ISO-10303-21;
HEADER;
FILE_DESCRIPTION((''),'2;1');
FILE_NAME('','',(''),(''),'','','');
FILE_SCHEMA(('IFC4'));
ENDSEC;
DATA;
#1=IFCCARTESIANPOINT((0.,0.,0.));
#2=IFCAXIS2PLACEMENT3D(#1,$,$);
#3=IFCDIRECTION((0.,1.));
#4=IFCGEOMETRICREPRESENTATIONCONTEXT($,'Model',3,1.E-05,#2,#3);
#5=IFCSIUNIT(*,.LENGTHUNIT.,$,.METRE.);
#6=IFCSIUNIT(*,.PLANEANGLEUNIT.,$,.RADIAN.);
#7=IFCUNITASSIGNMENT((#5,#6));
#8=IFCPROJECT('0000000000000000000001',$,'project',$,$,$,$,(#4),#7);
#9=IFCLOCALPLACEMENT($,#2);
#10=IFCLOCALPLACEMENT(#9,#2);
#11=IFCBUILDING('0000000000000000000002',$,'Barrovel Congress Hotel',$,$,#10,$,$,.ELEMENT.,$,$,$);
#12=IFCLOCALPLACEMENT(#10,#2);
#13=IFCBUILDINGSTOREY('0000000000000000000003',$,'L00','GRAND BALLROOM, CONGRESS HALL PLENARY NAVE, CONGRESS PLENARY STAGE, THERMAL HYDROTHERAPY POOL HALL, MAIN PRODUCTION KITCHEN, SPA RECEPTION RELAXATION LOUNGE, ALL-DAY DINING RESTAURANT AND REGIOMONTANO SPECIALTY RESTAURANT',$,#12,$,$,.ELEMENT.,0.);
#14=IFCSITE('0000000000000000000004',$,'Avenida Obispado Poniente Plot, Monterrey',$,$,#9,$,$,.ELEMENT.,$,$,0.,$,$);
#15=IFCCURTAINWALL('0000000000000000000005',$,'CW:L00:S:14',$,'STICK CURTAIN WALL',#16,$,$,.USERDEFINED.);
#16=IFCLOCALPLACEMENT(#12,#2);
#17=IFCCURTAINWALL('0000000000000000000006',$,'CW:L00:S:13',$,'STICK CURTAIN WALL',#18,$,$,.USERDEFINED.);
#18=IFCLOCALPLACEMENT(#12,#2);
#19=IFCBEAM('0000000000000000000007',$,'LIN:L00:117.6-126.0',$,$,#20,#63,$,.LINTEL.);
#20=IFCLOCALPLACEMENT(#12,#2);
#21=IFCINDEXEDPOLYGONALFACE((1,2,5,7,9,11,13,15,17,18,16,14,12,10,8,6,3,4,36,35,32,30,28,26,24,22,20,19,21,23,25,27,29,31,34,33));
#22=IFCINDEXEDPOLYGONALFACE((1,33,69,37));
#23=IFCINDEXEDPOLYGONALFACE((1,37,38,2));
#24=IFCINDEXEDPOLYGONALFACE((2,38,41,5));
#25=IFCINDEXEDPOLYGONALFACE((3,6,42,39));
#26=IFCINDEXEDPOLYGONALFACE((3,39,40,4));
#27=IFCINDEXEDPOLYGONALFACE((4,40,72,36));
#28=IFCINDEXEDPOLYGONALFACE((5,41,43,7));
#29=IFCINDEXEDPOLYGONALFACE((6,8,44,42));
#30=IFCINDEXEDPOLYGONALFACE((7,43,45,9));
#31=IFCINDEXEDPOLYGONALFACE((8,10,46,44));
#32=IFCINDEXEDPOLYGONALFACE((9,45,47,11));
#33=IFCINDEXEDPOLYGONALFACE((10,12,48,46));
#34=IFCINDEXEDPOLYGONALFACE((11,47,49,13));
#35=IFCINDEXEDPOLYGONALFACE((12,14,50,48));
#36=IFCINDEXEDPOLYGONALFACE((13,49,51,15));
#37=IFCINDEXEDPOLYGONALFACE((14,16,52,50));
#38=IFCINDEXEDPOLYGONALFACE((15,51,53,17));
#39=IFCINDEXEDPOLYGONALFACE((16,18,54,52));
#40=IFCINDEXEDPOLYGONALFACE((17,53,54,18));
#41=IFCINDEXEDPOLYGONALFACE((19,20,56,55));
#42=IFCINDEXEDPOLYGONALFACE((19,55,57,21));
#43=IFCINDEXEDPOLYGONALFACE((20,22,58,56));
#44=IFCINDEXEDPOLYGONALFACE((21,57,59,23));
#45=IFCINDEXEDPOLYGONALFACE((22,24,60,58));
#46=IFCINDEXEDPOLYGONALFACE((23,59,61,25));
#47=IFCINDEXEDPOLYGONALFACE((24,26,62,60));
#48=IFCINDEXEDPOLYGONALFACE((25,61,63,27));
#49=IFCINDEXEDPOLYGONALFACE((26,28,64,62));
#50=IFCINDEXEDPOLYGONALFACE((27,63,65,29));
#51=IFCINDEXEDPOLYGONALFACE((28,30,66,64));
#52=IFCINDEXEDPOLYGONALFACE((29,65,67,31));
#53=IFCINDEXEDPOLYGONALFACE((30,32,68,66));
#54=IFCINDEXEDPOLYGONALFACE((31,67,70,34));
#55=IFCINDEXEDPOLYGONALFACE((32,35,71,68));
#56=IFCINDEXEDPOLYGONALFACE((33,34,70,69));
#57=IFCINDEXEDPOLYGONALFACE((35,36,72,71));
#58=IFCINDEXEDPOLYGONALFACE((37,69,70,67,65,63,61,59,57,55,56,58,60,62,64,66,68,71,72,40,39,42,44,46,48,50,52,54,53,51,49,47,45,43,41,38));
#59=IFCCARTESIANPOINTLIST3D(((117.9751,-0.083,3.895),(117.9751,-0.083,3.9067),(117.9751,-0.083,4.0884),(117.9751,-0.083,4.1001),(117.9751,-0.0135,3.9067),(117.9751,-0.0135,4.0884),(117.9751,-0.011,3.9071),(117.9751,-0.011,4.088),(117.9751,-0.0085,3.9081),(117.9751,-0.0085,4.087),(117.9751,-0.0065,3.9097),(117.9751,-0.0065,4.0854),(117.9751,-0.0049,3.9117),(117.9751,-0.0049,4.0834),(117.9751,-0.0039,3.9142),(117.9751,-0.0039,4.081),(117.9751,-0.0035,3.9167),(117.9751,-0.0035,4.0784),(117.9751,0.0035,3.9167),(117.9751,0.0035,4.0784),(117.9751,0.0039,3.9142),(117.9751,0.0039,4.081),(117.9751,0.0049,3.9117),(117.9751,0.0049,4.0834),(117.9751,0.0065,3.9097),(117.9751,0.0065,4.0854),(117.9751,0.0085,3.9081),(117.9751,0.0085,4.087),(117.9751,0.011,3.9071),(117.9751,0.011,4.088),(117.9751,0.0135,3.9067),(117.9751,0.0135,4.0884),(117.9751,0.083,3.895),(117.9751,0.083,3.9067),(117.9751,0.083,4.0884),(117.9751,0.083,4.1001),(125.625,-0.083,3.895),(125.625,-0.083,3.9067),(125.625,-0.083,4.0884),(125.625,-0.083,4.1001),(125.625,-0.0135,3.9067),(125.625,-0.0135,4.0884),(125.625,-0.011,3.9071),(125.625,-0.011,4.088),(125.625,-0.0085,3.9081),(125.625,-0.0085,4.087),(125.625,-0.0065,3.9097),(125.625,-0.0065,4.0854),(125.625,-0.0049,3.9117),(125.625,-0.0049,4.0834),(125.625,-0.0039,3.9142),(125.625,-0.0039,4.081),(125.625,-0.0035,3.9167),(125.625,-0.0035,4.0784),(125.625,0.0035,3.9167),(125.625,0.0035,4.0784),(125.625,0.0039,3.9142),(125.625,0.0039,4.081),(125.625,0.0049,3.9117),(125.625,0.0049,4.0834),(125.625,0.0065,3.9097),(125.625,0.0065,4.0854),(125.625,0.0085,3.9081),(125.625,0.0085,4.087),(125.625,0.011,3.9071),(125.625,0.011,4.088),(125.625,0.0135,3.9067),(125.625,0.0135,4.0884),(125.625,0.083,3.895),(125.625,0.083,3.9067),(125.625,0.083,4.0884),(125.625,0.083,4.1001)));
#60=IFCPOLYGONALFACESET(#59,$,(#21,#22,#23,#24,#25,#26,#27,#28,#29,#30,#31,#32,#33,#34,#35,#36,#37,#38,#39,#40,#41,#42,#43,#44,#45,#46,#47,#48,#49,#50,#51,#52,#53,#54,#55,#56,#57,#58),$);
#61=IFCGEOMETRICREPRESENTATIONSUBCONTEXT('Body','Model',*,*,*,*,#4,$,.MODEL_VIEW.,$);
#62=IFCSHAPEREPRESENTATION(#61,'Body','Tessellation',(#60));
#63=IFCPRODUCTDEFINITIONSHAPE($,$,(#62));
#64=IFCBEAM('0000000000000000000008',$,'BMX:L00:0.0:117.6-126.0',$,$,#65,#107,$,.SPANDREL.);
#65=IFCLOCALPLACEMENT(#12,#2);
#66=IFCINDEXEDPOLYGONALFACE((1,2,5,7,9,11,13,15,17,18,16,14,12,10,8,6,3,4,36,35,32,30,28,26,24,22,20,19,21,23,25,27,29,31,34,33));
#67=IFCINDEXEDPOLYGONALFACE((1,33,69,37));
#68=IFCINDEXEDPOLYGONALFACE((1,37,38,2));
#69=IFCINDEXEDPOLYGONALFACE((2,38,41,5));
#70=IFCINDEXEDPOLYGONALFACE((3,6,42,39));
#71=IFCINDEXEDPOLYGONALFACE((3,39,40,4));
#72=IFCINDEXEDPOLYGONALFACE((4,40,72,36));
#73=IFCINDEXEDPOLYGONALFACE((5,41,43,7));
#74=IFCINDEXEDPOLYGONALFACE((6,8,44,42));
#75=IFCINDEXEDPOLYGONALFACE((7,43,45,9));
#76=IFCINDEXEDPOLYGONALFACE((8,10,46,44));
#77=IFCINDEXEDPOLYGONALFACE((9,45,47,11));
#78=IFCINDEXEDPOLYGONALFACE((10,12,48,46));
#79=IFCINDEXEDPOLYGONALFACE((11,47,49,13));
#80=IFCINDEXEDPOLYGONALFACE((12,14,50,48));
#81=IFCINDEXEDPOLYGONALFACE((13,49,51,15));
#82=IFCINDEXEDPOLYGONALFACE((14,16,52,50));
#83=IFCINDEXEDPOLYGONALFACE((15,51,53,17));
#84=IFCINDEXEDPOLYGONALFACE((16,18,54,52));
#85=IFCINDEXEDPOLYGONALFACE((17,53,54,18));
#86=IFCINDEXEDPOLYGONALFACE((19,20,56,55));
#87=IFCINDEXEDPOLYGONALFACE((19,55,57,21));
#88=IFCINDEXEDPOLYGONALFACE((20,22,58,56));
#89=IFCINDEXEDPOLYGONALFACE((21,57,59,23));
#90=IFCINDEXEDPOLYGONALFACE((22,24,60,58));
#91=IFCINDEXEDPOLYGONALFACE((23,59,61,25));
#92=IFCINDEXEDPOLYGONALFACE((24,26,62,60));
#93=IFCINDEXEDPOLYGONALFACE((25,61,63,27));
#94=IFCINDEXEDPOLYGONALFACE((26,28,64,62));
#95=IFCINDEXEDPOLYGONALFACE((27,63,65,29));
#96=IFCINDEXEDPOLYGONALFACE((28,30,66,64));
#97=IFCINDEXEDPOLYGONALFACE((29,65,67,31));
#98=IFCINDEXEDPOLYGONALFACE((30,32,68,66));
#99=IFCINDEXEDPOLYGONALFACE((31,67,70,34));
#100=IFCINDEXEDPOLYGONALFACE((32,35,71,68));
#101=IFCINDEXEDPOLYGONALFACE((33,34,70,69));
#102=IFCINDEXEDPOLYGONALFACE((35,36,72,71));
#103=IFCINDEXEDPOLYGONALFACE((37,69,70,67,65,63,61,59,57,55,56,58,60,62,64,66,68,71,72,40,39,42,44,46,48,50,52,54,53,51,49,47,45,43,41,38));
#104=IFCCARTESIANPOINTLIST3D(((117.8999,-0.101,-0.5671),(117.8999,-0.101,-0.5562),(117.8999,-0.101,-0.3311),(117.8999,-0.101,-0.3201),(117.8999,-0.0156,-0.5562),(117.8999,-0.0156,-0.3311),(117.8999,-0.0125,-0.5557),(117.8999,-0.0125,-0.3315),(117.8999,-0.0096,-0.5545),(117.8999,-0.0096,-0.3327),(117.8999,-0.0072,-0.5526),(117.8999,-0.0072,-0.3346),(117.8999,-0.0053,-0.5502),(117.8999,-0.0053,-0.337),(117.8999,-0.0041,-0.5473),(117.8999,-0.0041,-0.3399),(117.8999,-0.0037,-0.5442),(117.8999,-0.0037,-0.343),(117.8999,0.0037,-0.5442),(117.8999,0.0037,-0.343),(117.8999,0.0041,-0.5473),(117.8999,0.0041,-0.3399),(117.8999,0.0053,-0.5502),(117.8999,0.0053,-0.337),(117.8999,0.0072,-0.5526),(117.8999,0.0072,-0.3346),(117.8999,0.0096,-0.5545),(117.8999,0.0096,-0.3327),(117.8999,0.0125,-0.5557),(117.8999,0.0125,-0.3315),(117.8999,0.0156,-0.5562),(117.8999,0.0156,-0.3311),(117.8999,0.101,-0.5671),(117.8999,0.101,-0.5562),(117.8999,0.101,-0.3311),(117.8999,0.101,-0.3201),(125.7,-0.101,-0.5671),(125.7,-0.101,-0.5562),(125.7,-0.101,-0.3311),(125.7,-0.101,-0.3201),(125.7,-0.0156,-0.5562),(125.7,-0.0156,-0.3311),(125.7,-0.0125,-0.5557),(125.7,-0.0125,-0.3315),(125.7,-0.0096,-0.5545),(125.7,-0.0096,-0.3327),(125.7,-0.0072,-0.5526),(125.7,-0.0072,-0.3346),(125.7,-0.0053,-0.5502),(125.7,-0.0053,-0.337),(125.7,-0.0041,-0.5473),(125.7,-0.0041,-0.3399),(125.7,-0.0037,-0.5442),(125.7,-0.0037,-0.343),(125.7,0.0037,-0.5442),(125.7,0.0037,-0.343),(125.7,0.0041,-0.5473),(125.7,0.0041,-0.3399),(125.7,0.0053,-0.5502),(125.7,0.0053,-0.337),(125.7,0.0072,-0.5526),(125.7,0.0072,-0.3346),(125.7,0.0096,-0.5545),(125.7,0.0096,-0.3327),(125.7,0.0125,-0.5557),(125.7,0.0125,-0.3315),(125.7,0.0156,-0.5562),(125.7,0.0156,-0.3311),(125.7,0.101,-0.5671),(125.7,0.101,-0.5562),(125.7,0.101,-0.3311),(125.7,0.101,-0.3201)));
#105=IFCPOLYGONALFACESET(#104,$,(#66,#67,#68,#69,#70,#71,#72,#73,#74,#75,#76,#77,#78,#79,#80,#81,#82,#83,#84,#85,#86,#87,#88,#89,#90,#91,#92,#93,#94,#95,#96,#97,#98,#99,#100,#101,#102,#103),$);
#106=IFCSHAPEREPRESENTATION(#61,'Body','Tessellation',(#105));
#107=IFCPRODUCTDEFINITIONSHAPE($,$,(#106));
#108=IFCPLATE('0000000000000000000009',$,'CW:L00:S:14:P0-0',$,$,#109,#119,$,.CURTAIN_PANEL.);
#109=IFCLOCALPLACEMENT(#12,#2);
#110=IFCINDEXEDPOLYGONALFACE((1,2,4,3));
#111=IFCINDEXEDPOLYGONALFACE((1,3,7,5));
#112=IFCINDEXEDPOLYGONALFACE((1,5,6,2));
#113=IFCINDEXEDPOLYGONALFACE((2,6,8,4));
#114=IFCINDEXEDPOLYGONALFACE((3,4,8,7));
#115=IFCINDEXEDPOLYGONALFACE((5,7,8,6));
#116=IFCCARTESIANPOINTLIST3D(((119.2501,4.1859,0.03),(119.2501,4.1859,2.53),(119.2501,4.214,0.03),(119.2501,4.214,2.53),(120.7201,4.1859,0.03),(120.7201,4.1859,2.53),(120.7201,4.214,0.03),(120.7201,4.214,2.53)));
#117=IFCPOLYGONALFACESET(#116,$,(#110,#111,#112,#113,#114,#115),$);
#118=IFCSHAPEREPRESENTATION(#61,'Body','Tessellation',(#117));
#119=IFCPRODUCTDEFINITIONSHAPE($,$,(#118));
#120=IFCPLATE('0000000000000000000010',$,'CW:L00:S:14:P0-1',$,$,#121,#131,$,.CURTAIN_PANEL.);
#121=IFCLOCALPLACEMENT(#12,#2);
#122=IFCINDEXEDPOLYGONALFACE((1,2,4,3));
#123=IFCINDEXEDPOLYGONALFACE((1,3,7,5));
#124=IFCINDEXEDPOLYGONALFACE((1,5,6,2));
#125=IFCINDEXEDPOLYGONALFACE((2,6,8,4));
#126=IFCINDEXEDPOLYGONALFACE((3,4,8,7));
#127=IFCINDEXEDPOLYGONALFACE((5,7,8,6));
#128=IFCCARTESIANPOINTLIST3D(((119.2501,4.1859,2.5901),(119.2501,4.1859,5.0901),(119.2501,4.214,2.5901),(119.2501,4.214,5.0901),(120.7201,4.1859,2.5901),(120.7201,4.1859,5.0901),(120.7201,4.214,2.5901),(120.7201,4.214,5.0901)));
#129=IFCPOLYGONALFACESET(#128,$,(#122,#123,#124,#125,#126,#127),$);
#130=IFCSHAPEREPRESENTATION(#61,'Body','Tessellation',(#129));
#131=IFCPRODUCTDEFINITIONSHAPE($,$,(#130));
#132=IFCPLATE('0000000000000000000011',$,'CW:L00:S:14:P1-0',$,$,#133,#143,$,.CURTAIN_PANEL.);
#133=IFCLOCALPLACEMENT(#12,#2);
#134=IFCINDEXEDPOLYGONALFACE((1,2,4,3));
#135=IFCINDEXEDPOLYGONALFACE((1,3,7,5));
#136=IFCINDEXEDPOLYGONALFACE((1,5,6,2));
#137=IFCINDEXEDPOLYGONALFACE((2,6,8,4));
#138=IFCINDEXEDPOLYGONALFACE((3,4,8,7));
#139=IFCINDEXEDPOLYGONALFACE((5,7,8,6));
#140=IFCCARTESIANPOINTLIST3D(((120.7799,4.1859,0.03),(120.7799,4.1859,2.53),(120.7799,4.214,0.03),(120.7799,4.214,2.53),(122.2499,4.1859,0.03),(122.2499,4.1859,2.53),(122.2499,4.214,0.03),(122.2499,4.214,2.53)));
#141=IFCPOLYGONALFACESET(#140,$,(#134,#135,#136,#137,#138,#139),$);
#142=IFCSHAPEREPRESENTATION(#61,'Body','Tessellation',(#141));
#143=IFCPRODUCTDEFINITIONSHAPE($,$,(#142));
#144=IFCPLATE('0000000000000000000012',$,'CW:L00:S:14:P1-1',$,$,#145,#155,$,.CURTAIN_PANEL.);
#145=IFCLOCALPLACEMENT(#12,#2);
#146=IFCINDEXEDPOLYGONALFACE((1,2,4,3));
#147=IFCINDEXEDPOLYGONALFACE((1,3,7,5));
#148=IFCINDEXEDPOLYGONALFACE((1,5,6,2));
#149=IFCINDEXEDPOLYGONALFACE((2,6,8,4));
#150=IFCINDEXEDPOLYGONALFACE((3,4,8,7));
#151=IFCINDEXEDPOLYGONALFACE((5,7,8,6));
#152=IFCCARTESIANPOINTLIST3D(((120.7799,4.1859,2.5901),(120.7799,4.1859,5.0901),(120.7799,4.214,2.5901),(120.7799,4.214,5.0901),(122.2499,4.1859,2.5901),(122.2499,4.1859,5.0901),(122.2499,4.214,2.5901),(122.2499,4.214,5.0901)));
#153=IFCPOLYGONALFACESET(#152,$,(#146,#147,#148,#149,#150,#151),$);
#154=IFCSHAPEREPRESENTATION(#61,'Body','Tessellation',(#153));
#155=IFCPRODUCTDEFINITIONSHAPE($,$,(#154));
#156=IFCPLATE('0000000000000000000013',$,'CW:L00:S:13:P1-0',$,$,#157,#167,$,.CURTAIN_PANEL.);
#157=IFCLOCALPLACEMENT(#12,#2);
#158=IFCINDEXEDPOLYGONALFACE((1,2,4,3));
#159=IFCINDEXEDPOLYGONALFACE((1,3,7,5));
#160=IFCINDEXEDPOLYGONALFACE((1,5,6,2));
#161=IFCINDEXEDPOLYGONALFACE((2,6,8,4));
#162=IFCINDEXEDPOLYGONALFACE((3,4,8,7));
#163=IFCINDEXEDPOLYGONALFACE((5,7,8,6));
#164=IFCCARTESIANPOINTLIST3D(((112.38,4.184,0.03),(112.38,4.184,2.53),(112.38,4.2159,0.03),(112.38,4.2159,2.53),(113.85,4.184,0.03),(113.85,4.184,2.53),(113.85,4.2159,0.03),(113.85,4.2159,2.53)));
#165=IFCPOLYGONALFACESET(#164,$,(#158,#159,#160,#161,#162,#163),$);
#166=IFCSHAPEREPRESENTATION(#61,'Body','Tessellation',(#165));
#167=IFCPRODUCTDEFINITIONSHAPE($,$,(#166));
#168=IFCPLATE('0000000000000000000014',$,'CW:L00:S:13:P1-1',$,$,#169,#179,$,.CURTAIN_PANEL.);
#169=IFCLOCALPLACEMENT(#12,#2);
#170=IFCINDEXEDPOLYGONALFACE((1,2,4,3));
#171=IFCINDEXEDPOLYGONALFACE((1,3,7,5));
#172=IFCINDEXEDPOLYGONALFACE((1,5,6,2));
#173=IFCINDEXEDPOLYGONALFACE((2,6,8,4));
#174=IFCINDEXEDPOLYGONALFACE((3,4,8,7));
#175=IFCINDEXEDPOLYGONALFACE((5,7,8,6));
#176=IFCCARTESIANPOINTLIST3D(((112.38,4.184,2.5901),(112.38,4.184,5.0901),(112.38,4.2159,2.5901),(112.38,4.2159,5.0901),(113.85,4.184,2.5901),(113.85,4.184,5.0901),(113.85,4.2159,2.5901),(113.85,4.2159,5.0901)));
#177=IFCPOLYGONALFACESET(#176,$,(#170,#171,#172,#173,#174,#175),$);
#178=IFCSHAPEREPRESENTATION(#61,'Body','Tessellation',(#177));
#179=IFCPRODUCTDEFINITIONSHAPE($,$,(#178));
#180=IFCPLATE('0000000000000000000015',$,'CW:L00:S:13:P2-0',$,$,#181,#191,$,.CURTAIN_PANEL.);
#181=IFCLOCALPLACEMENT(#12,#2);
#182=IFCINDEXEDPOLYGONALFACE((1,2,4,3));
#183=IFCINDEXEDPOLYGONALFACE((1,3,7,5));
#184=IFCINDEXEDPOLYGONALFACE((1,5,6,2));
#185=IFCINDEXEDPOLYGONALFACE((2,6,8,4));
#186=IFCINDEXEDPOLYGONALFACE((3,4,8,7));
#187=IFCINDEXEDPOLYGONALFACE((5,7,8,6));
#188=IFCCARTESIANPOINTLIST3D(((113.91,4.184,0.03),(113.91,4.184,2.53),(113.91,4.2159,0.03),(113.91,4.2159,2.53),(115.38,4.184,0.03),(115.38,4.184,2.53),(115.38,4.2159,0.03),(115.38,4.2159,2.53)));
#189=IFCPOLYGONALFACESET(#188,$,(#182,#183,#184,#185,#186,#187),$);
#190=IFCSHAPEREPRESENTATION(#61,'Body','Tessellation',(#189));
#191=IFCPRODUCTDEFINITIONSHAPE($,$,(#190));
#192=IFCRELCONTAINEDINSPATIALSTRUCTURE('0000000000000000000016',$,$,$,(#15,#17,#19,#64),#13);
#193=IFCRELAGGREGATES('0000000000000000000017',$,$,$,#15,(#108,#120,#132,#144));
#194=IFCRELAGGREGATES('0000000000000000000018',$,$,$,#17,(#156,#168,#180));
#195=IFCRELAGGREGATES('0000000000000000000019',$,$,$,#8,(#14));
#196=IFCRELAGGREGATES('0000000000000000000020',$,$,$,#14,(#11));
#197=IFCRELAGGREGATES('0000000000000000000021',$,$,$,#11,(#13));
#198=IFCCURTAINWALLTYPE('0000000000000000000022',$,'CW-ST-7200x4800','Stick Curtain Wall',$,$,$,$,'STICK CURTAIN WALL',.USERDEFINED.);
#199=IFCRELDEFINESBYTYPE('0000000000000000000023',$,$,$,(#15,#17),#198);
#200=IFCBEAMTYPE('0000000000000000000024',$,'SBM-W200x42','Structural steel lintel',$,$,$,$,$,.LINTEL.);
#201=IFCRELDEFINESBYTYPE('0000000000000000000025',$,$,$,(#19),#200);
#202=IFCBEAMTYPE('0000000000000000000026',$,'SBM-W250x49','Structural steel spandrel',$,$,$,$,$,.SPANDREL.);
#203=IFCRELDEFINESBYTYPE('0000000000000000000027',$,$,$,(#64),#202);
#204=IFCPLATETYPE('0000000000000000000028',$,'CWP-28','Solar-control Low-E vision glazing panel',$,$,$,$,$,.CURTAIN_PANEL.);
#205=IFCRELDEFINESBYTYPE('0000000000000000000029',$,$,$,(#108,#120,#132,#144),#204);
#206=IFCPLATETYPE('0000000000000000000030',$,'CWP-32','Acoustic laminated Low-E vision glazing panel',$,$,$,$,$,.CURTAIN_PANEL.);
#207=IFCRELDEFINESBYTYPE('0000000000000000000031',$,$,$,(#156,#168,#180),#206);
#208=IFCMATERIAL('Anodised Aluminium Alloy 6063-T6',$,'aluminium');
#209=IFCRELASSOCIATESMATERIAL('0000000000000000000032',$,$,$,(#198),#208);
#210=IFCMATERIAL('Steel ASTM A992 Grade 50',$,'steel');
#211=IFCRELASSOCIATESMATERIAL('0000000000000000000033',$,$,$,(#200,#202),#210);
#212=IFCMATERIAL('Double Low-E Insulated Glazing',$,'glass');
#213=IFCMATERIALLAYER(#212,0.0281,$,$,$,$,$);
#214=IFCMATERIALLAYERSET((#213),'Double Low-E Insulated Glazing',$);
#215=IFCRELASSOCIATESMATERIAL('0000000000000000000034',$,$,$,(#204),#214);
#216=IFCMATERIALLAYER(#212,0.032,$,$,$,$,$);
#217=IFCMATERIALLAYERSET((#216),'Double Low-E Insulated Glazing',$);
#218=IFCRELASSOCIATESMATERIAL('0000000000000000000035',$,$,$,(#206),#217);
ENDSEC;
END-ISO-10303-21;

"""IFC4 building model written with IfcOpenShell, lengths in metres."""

from ifc_helpers import new_model, si_unit, direction, frame, origin, origin_2d, place, context, subcontext, project, spatial, rectangle, i_section, extrude, material, layer, layer_set, material_profile, profile_set, type_object, element, aggregate, save


model = new_model("IFC4")

# Units and contexts
model_context = context("Model", 3, precision=1e-05, world=origin(), true_north=direction((0.0, 1.0)))
body_context = subcontext(model_context, "Body", "Model", "MODEL_VIEW")
ifc_project = project(units=[si_unit("LENGTHUNIT", "METRE"), si_unit("PLANEANGLEUNIT", "RADIAN")], contexts=[model_context])

# Site, building, storey
site_placement = place(None, origin())
site = spatial("IfcSite", under=ifc_project, at=site_placement, Name="Avenida Obispado Poniente Plot, Monterrey", CompositionType="ELEMENT", RefElevation=0.0)
building_placement = place(site_placement, origin())
building = spatial("IfcBuilding", under=site, at=building_placement, Name="Barrovel Congress Hotel", CompositionType="ELEMENT")
storey_placement = place(building_placement, origin())
storey = spatial("IfcBuildingStorey", under=building, at=storey_placement, Name="L00", Description="GRAND BALLROOM, CONGRESS HALL PLENARY NAVE, CONGRESS PLENARY STAGE, THERMAL HYDROTHERAPY POOL HALL, MAIN PRODUCTION KITCHEN, SPA RECEPTION RELAXATION LOUNGE, ALL-DAY DINING RESTAURANT AND REGIOMONTANO SPECIALTY RESTAURANT", CompositionType="ELEMENT", Elevation=0.0)

# Curtain walls
ifc_material_1 = material(Name="Anodised Aluminium Alloy 6063-T6", Category="aluminium")
curtain_wall_type = type_object("IfcCurtainWallType", Name="CW-ST-7200x4800", Description="Stick Curtain Wall", ElementType="STICK CURTAIN WALL", PredefinedType="USERDEFINED", material=ifc_material_1)
curtain_wall_1_placement = place(storey_placement, origin())
curtain_wall_1 = element("IfcCurtainWall", 1, at=curtain_wall_1_placement, inside=storey, type_object=curtain_wall_type, Name="CW:L00:S:14", ObjectType="STICK CURTAIN WALL", PredefinedType="USERDEFINED")
curtain_wall_2_placement = place(storey_placement, origin())
curtain_wall_2 = element("IfcCurtainWall", 2, at=curtain_wall_2_placement, inside=storey, type_object=curtain_wall_type, Name="CW:L00:S:13", ObjectType="STICK CURTAIN WALL", PredefinedType="USERDEFINED")

# Beams
ifc_material_2 = material(Name="Steel ASTM A992 Grade 50", Category="steel")
ifc_material_profile_1 = material_profile(ifc_material_2, i_section(OverallWidth=0.166, OverallDepth=0.2051, WebThickness=0.0071, FlangeThickness=0.0117, FilletRadius=0.01, at=origin_2d()), Name="W200x42")
ifc_profile_set_1 = profile_set([ifc_material_profile_1], Name="Steel ASTM A992 Grade 50")
beam_type_1 = type_object("IfcBeamType", Name="SBM-W200x42", Description="Structural steel lintel", PredefinedType="LINTEL", material=ifc_profile_set_1)
beam_1_placement = place(storey_placement, frame((117.9751, 0.0, 3.9976), z_axis=(1.0, 0.0, 0.0), x_axis=(0.0, 1.0, 0.0)))
element("IfcBeam", 3, at=beam_1_placement, inside=storey, type_object=beam_type_1, Name="LIN:L00:117.6-126.0", PredefinedType="LINTEL", context=body_context, shape_type="SweptSolid", body=[
    extrude(i_section(OverallWidth=0.166, OverallDepth=0.2051, WebThickness=0.0071, FlangeThickness=0.0117, FilletRadius=0.01, at=origin_2d()), origin(), (0.0, 0.0, 1.0), 7.6499),
])
ifc_material_profile_2 = material_profile(ifc_material_2, i_section(OverallWidth=0.2019, OverallDepth=0.2471, WebThickness=0.0073, FlangeThickness=0.011, FilletRadius=0.012, at=origin_2d()), Name="W250x49")
ifc_profile_set_2 = profile_set([ifc_material_profile_2], Name="Steel ASTM A992 Grade 50")
beam_type_2 = type_object("IfcBeamType", Name="SBM-W250x49", Description="Structural steel spandrel", PredefinedType="SPANDREL", material=ifc_profile_set_2)
beam_2_placement = place(storey_placement, frame((117.8999, 0.0, -0.4436), z_axis=(1.0, 0.0, 0.0), x_axis=(0.0, 1.0, 0.0)))
element("IfcBeam", 4, at=beam_2_placement, inside=storey, type_object=beam_type_2, Name="BMX:L00:0.0:117.6-126.0", PredefinedType="SPANDREL", context=body_context, shape_type="SweptSolid", body=[
    extrude(i_section(OverallWidth=0.2019, OverallDepth=0.2471, WebThickness=0.0073, FlangeThickness=0.011, FilletRadius=0.012, at=origin_2d()), origin(), (0.0, 0.0, 1.0), 7.8),
])

# Plates
ifc_material_3 = material(Name="Double Low-E Insulated Glazing", Category="glass")
ifc_layer_1 = layer(ifc_material_3, 0.0281)
ifc_layer_set_1 = layer_set([ifc_layer_1], Name="Double Low-E Insulated Glazing")
plate_type_1 = type_object("IfcPlateType", Name="CWP-28", Description="Solar-control Low-E vision glazing panel", PredefinedType="CURTAIN_PANEL", material=ifc_layer_set_1)
plate_1_placement = place(storey_placement, frame((119.9851, 4.2, 0.03), z_axis=(0.0, 0.0, 1.0), x_axis=(1.0, 0.0, 0.0)))
plate_1 = element("IfcPlate", 5, at=plate_1_placement, type_object=plate_type_1, Name="CW:L00:S:14:P0-0", PredefinedType="CURTAIN_PANEL", context=body_context, shape_type="SweptSolid", body=[
    extrude(rectangle(XDim=1.47, YDim=0.0281, at=origin_2d()), origin(), (0.0, 0.0, 1.0), 2.5),
])
plate_2_placement = place(storey_placement, frame((119.9851, 4.2, 2.5901), z_axis=(0.0, 0.0, 1.0), x_axis=(1.0, 0.0, 0.0)))
plate_2 = element("IfcPlate", 6, at=plate_2_placement, type_object=plate_type_1, Name="CW:L00:S:14:P0-1", PredefinedType="CURTAIN_PANEL", context=body_context, shape_type="SweptSolid", body=[
    extrude(rectangle(XDim=1.47, YDim=0.0281, at=origin_2d()), origin(), (0.0, 0.0, 1.0), 2.5),
])
plate_3_placement = place(storey_placement, frame((121.5149, 4.2, 0.03), z_axis=(0.0, 0.0, 1.0), x_axis=(1.0, 0.0, 0.0)))
plate_3 = element("IfcPlate", 7, at=plate_3_placement, type_object=plate_type_1, Name="CW:L00:S:14:P1-0", PredefinedType="CURTAIN_PANEL", context=body_context, shape_type="SweptSolid", body=[
    extrude(rectangle(XDim=1.47, YDim=0.0281, at=origin_2d()), origin(), (0.0, 0.0, 1.0), 2.5),
])
plate_4_placement = place(storey_placement, frame((121.5149, 4.2, 2.5901), z_axis=(0.0, 0.0, 1.0), x_axis=(1.0, 0.0, 0.0)))
plate_4 = element("IfcPlate", 8, at=plate_4_placement, type_object=plate_type_1, Name="CW:L00:S:14:P1-1", PredefinedType="CURTAIN_PANEL", context=body_context, shape_type="SweptSolid", body=[
    extrude(rectangle(XDim=1.47, YDim=0.0281, at=origin_2d()), origin(), (0.0, 0.0, 1.0), 2.5),
])
aggregate(curtain_wall_1, [plate_1, plate_2, plate_3, plate_4])
ifc_layer_2 = layer(ifc_material_3, 0.032)
ifc_layer_set_2 = layer_set([ifc_layer_2], Name="Double Low-E Insulated Glazing")
plate_type_2 = type_object("IfcPlateType", Name="CWP-32", Description="Acoustic laminated Low-E vision glazing panel", PredefinedType="CURTAIN_PANEL", material=ifc_layer_set_2)
plate_5_placement = place(storey_placement, frame((113.115, 4.2, 0.03), z_axis=(0.0, 0.0, 1.0), x_axis=(1.0, 0.0, 0.0)))
plate_5 = element("IfcPlate", 9, at=plate_5_placement, type_object=plate_type_2, Name="CW:L00:S:13:P1-0", PredefinedType="CURTAIN_PANEL", context=body_context, shape_type="SweptSolid", body=[
    extrude(rectangle(XDim=1.47, YDim=0.032, at=origin_2d()), origin(), (0.0, 0.0, 1.0), 2.5),
])
plate_6_placement = place(storey_placement, frame((113.115, 4.2, 2.5901), z_axis=(0.0, 0.0, 1.0), x_axis=(1.0, 0.0, 0.0)))
plate_6 = element("IfcPlate", 10, at=plate_6_placement, type_object=plate_type_2, Name="CW:L00:S:13:P1-1", PredefinedType="CURTAIN_PANEL", context=body_context, shape_type="SweptSolid", body=[
    extrude(rectangle(XDim=1.47, YDim=0.032, at=origin_2d()), origin(), (0.0, 0.0, 1.0), 2.5),
])
plate_7_placement = place(storey_placement, frame((114.645, 4.2, 0.03), z_axis=(0.0, 0.0, 1.0), x_axis=(1.0, 0.0, 0.0)))
plate_7 = element("IfcPlate", 11, at=plate_7_placement, type_object=plate_type_2, Name="CW:L00:S:13:P2-0", PredefinedType="CURTAIN_PANEL", context=body_context, shape_type="SweptSolid", body=[
    extrude(rectangle(XDim=1.47, YDim=0.032, at=origin_2d()), origin(), (0.0, 0.0, 1.0), 2.5),
])
aggregate(curtain_wall_2, [plate_5, plate_6, plate_7])

save(model, "model.ifc")
